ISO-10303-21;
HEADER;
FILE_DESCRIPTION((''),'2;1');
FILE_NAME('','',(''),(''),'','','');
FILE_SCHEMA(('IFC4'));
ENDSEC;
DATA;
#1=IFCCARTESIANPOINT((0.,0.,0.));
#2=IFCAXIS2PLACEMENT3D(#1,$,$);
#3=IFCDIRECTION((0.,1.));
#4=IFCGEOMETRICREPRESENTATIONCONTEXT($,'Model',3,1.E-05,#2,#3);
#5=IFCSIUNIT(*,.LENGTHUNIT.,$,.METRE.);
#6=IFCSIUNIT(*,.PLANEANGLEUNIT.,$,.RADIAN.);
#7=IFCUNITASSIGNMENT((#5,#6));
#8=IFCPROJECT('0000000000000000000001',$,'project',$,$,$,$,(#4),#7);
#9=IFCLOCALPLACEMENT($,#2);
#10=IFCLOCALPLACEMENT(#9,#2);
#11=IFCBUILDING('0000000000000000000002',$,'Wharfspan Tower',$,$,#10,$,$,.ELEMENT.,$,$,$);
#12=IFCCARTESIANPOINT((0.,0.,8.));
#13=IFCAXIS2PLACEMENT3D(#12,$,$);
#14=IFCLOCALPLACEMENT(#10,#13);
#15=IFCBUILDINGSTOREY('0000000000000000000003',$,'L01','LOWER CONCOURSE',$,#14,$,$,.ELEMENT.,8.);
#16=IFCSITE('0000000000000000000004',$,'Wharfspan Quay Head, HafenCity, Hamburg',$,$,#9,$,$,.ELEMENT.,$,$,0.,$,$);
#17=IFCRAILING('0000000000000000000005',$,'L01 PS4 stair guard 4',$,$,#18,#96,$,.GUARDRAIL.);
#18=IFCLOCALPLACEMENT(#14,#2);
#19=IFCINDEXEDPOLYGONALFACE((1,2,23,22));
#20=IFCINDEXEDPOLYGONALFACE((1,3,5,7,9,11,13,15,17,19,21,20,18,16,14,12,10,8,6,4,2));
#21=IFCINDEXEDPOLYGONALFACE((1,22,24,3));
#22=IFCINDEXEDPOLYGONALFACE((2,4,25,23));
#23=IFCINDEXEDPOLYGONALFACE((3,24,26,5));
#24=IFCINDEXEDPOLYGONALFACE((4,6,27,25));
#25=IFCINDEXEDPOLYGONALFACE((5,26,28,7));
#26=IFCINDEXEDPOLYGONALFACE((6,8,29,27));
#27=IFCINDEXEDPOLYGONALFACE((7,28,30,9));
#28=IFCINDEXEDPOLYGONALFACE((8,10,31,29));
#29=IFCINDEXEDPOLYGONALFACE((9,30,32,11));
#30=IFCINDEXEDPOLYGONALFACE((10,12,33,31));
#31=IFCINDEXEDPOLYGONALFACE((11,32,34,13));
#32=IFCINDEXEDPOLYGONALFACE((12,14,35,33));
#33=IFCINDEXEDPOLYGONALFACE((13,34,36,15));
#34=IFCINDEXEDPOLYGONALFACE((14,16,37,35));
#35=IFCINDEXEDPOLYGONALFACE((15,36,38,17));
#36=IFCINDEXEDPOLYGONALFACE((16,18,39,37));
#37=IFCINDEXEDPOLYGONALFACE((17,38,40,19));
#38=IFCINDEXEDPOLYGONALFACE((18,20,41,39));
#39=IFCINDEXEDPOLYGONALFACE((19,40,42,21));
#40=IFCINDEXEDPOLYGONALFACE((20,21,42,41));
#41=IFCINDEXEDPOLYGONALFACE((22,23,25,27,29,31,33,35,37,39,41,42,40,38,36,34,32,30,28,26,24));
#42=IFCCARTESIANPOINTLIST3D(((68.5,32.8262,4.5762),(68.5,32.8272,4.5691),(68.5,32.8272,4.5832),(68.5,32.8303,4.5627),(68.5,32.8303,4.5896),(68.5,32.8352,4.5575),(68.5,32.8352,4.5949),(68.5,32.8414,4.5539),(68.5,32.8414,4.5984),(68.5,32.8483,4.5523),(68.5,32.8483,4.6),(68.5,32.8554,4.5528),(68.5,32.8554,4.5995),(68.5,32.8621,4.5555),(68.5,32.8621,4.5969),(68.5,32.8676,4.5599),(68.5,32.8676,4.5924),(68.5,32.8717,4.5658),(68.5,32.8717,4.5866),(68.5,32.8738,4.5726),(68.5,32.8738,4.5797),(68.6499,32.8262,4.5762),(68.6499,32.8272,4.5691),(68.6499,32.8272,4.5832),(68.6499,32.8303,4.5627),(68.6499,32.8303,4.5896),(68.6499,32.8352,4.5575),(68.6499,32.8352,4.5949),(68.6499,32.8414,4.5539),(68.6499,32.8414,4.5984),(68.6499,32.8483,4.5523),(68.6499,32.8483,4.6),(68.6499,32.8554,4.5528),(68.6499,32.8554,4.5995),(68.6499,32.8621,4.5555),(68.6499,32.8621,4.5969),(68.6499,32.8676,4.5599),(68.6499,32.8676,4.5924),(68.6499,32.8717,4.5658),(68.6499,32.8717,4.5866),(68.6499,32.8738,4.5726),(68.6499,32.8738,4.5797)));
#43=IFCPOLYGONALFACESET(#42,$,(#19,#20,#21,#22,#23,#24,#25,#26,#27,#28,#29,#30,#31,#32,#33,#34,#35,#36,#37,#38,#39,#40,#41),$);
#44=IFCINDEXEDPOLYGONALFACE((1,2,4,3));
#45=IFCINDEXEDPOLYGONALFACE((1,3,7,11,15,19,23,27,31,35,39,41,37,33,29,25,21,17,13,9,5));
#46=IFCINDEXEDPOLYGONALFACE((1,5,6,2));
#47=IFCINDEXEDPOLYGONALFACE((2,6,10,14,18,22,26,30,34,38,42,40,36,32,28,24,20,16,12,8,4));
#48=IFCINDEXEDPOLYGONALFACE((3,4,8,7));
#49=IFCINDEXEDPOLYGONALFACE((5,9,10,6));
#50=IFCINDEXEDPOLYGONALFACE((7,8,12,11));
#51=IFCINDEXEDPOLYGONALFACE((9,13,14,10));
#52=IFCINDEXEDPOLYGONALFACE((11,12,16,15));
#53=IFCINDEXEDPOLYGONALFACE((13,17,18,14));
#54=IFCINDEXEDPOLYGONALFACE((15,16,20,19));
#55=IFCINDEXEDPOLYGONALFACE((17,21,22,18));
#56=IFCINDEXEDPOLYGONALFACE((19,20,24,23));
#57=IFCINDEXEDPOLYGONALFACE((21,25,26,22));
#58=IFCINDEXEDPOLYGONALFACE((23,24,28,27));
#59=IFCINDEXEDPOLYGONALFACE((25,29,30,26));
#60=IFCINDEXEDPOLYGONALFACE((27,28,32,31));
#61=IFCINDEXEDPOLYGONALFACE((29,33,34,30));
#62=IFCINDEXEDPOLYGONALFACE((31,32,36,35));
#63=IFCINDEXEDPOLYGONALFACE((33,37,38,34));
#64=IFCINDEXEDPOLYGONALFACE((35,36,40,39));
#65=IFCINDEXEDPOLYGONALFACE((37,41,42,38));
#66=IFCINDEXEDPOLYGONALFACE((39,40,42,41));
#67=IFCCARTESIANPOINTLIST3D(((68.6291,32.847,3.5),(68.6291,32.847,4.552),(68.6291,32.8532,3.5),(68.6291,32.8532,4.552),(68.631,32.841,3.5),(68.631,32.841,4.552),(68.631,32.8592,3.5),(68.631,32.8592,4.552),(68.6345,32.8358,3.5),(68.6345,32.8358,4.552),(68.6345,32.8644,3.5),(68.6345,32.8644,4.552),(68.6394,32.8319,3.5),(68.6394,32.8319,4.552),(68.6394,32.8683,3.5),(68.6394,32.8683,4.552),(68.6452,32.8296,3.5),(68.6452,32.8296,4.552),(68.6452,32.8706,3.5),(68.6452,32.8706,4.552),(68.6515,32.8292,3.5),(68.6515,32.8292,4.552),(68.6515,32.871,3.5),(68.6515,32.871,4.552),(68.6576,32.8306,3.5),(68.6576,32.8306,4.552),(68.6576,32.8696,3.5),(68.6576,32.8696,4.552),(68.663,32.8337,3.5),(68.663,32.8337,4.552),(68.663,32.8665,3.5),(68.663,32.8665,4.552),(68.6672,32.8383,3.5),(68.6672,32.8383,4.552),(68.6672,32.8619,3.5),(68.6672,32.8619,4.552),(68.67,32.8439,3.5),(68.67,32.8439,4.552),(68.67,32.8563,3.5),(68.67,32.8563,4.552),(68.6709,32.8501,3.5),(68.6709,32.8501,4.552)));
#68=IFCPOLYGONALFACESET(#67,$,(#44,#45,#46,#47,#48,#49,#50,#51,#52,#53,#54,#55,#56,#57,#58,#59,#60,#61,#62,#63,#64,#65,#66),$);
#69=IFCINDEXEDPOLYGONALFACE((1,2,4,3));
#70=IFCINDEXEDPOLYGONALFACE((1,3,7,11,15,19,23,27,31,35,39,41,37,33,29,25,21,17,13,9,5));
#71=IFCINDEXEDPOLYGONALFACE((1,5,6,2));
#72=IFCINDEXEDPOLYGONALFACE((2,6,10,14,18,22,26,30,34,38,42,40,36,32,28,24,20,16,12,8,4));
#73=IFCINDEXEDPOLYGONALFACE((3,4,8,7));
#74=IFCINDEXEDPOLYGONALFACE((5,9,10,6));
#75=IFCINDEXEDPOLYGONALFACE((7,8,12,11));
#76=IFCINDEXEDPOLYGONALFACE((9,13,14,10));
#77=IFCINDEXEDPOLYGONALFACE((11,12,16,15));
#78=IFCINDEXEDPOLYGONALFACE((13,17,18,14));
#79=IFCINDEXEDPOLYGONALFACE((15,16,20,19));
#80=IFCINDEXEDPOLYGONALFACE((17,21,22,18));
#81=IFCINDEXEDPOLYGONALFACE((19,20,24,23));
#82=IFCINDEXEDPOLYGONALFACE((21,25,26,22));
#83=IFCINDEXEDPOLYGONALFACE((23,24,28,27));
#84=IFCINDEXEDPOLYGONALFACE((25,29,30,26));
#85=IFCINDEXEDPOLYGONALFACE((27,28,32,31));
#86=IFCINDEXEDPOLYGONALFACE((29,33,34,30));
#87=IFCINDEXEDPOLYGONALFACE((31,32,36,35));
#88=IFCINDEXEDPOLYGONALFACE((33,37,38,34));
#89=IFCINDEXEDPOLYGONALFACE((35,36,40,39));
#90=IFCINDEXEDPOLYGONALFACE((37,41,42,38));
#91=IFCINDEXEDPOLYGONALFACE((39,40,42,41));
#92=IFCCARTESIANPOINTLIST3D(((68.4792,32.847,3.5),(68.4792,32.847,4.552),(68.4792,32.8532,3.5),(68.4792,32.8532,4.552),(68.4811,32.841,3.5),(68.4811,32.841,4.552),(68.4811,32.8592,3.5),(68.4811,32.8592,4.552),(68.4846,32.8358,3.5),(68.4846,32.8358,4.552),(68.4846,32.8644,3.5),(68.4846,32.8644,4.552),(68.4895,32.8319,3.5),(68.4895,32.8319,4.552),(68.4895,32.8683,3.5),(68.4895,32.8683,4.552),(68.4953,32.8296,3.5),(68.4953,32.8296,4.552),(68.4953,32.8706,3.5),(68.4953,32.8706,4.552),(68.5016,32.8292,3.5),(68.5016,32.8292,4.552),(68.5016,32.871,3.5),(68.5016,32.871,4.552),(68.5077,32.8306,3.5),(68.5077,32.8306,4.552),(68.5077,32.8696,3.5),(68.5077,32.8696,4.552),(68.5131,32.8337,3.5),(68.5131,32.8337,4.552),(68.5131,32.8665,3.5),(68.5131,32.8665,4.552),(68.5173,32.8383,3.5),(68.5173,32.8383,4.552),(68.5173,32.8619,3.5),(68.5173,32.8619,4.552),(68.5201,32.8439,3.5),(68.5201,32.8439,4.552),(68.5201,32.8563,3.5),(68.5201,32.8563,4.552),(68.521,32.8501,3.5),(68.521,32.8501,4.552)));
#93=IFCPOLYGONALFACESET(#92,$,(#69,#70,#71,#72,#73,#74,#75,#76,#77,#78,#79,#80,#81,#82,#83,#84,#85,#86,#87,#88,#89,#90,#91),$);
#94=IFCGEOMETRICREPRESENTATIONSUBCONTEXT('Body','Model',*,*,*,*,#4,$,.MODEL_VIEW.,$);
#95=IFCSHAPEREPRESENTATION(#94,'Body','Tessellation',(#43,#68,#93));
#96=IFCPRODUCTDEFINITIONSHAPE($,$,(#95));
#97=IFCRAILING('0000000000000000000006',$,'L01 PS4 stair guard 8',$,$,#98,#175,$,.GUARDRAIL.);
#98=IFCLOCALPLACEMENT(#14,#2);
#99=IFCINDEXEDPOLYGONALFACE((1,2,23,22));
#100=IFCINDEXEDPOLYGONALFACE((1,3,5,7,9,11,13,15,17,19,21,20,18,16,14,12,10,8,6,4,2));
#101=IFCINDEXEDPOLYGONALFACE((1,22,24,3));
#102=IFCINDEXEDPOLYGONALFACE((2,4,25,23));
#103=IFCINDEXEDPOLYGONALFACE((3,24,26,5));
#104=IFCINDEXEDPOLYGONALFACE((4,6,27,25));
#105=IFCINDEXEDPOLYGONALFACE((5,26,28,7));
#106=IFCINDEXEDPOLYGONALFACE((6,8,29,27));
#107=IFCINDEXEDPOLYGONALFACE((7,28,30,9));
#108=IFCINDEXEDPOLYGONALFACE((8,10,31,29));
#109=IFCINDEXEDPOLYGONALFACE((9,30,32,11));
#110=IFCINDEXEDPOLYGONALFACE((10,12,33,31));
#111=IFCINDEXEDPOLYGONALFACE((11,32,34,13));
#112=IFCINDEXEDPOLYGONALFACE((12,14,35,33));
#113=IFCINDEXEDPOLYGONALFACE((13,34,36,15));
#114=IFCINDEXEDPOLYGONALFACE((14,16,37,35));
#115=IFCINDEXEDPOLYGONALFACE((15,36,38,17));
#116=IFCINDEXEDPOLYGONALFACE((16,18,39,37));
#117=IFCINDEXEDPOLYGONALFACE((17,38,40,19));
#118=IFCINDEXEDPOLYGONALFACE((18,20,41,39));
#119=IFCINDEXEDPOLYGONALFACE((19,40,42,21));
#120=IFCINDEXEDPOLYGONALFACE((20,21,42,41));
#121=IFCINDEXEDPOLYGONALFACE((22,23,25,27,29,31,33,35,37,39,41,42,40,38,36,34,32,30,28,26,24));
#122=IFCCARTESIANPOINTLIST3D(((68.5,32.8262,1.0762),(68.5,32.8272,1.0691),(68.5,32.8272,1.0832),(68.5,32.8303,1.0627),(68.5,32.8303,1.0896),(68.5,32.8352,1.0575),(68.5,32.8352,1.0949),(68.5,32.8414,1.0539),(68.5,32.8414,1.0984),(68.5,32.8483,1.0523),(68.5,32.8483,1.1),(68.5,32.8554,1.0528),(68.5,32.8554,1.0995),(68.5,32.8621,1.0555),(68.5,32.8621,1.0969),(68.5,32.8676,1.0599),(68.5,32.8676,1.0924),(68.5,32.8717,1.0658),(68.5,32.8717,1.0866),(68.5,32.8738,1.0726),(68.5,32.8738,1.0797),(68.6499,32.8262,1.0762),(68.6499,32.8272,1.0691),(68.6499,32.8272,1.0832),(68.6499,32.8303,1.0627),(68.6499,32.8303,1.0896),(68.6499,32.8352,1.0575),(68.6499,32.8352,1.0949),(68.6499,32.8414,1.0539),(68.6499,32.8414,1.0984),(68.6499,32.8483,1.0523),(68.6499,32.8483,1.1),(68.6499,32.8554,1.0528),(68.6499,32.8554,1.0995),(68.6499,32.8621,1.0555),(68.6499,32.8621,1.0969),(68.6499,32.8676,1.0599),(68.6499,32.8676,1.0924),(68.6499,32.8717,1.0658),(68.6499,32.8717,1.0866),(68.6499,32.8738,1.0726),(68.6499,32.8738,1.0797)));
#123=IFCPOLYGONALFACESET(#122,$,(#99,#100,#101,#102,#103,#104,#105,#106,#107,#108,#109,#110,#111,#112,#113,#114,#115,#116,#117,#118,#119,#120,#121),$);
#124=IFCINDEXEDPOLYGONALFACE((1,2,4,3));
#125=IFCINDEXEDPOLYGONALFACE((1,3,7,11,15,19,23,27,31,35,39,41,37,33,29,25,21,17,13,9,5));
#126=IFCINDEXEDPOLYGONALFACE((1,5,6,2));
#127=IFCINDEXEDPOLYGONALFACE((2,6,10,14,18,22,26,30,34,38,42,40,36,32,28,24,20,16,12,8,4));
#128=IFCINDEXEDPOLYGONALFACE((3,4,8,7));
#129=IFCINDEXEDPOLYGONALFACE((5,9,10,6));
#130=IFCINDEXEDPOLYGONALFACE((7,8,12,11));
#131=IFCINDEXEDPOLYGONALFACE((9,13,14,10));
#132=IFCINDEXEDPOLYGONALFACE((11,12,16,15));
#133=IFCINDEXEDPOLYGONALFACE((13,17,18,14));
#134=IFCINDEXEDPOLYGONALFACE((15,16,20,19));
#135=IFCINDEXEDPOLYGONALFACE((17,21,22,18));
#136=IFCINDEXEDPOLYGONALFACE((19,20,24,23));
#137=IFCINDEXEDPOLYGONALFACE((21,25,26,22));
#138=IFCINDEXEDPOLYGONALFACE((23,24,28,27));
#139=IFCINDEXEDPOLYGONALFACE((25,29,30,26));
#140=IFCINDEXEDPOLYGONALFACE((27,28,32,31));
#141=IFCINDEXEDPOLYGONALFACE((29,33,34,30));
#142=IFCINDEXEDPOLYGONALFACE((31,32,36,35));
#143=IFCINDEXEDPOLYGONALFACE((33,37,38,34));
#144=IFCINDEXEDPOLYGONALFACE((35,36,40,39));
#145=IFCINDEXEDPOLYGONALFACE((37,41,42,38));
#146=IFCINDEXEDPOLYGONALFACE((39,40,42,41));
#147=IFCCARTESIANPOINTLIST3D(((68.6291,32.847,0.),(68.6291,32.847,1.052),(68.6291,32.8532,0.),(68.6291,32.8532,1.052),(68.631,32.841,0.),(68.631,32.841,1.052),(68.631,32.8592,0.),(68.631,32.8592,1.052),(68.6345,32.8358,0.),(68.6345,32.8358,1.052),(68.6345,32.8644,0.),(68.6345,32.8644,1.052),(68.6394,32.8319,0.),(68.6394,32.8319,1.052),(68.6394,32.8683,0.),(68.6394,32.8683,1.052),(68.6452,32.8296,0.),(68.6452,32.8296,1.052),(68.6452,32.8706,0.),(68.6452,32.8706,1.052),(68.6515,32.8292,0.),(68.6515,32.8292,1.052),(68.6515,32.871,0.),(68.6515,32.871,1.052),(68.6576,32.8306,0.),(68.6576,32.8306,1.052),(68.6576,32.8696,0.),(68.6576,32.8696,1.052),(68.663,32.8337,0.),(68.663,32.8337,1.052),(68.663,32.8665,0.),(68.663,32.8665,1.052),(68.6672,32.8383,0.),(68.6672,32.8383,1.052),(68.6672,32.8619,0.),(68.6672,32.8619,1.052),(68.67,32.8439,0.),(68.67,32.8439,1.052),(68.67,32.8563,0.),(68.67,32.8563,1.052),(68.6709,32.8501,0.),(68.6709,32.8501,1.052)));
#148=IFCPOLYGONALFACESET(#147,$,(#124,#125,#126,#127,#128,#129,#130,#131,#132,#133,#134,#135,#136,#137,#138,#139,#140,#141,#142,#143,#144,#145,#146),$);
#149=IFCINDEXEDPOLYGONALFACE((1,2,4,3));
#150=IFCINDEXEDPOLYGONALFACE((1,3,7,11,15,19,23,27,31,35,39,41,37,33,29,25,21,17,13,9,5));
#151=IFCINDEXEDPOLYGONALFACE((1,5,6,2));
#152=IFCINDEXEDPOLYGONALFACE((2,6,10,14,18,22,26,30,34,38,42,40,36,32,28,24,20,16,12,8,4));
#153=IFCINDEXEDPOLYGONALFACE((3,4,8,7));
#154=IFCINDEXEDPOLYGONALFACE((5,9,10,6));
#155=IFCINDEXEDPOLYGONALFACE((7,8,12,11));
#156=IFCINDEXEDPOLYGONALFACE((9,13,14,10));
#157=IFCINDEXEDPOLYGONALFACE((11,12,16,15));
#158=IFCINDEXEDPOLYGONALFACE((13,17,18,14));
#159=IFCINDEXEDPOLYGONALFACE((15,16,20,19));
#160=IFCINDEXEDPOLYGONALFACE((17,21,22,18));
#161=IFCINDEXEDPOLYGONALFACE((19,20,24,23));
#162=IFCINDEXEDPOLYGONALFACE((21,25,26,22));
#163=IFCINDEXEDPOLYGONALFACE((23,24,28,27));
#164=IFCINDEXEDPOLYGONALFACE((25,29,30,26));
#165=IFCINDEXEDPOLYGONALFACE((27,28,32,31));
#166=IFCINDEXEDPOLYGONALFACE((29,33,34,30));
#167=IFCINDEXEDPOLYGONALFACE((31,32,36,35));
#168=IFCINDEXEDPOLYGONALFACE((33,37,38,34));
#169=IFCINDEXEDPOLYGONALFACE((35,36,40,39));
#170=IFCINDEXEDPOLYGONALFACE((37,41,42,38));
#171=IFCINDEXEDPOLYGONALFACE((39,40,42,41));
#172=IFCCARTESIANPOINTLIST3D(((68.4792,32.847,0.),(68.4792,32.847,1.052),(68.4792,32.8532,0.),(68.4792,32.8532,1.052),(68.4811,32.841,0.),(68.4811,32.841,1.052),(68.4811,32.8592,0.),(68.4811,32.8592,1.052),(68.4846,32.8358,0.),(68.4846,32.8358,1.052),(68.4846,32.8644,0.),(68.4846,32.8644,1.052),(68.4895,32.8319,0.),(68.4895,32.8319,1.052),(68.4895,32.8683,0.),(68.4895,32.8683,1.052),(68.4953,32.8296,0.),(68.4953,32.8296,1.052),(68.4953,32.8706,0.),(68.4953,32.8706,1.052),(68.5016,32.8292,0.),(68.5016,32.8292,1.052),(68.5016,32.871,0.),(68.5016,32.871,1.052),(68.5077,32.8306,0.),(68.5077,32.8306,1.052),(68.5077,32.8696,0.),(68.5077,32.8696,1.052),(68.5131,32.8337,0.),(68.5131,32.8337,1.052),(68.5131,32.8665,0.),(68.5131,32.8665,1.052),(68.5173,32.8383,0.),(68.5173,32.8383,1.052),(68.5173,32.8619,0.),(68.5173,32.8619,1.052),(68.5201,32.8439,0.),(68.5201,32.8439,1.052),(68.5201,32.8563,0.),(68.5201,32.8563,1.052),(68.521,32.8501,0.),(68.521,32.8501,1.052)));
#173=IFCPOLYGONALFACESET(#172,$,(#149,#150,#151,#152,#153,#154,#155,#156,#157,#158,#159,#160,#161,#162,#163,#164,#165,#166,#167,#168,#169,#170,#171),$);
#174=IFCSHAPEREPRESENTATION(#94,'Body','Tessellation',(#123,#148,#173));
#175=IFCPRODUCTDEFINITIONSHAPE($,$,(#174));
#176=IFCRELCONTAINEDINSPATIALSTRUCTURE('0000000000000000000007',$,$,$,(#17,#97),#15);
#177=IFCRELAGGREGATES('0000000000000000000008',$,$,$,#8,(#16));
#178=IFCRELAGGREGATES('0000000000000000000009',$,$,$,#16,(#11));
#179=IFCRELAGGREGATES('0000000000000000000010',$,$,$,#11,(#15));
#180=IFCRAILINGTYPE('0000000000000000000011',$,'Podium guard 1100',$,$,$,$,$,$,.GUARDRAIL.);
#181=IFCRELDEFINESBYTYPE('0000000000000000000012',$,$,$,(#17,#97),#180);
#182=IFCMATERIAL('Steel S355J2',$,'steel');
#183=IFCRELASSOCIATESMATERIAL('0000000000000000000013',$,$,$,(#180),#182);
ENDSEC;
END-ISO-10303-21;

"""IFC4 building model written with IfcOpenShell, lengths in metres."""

from ifc_helpers import new_model, si_unit, direction, frame, origin, origin_2d, place, context, subcontext, project, spatial, circle, extrude, material, type_object, element, save


model = new_model("IFC4")

# Units and contexts
model_context = context("Model", 3, precision=1e-05, world=origin(), true_north=direction((0.0, 1.0)))
body_context = subcontext(model_context, "Body", "Model", "MODEL_VIEW")
ifc_project = project(units=[si_unit("LENGTHUNIT", "METRE"), si_unit("PLANEANGLEUNIT", "RADIAN")], contexts=[model_context])

# Site, building, storey
site_placement = place(None, origin())
site = spatial("IfcSite", under=ifc_project, at=site_placement, Name="Wharfspan Quay Head, HafenCity, Hamburg", CompositionType="ELEMENT", RefElevation=0.0)
building_placement = place(site_placement, origin())
building = spatial("IfcBuilding", under=site, at=building_placement, Name="Wharfspan Tower", CompositionType="ELEMENT")
storey_placement = place(building_placement, frame((0.0, 0.0, 8.0)))
storey = spatial("IfcBuildingStorey", under=building, at=storey_placement, Name="L01", Description="LOWER CONCOURSE", CompositionType="ELEMENT", Elevation=8.0)

# Railings
ifc_material_1 = material(Name="Steel S355J2", Category="steel")
railing_type_1 = type_object("IfcRailingType", Name="Podium guard 1100", PredefinedType="GUARDRAIL", material=ifc_material_1)
for number, where, name in (
    (1, (68.6499, 32.8501, 3.5), "L01 PS4 stair guard 4"),
    (2, (68.6499, 32.8501, 0.0), "L01 PS4 stair guard 8"),
):
    element("IfcRailing", number, at=place(storey_placement, frame(where)), inside=storey, type_object=railing_type_1, Name=name, PredefinedType="GUARDRAIL", context=body_context, shape_type="SweptSolid", body=[
        extrude(circle(Radius=0.0239, at=origin_2d()), frame((0.0, 0.0, 1.0762), z_axis=(-1.0, 0.0, 0.0), x_axis=(0.0, -1.0, 0.0)), (0.0, 0.0, 1.0), 0.1499),
        extrude(circle(Radius=0.021, at=origin_2d()), origin(), (0.0, 0.0, 1.0), 1.052),
        extrude(circle(Radius=0.021, at=origin_2d()), frame((-0.1499, 0.0, 0.0)), (0.0, 0.0, 1.0), 1.052),
    ])

save(model, "model.ifc")
